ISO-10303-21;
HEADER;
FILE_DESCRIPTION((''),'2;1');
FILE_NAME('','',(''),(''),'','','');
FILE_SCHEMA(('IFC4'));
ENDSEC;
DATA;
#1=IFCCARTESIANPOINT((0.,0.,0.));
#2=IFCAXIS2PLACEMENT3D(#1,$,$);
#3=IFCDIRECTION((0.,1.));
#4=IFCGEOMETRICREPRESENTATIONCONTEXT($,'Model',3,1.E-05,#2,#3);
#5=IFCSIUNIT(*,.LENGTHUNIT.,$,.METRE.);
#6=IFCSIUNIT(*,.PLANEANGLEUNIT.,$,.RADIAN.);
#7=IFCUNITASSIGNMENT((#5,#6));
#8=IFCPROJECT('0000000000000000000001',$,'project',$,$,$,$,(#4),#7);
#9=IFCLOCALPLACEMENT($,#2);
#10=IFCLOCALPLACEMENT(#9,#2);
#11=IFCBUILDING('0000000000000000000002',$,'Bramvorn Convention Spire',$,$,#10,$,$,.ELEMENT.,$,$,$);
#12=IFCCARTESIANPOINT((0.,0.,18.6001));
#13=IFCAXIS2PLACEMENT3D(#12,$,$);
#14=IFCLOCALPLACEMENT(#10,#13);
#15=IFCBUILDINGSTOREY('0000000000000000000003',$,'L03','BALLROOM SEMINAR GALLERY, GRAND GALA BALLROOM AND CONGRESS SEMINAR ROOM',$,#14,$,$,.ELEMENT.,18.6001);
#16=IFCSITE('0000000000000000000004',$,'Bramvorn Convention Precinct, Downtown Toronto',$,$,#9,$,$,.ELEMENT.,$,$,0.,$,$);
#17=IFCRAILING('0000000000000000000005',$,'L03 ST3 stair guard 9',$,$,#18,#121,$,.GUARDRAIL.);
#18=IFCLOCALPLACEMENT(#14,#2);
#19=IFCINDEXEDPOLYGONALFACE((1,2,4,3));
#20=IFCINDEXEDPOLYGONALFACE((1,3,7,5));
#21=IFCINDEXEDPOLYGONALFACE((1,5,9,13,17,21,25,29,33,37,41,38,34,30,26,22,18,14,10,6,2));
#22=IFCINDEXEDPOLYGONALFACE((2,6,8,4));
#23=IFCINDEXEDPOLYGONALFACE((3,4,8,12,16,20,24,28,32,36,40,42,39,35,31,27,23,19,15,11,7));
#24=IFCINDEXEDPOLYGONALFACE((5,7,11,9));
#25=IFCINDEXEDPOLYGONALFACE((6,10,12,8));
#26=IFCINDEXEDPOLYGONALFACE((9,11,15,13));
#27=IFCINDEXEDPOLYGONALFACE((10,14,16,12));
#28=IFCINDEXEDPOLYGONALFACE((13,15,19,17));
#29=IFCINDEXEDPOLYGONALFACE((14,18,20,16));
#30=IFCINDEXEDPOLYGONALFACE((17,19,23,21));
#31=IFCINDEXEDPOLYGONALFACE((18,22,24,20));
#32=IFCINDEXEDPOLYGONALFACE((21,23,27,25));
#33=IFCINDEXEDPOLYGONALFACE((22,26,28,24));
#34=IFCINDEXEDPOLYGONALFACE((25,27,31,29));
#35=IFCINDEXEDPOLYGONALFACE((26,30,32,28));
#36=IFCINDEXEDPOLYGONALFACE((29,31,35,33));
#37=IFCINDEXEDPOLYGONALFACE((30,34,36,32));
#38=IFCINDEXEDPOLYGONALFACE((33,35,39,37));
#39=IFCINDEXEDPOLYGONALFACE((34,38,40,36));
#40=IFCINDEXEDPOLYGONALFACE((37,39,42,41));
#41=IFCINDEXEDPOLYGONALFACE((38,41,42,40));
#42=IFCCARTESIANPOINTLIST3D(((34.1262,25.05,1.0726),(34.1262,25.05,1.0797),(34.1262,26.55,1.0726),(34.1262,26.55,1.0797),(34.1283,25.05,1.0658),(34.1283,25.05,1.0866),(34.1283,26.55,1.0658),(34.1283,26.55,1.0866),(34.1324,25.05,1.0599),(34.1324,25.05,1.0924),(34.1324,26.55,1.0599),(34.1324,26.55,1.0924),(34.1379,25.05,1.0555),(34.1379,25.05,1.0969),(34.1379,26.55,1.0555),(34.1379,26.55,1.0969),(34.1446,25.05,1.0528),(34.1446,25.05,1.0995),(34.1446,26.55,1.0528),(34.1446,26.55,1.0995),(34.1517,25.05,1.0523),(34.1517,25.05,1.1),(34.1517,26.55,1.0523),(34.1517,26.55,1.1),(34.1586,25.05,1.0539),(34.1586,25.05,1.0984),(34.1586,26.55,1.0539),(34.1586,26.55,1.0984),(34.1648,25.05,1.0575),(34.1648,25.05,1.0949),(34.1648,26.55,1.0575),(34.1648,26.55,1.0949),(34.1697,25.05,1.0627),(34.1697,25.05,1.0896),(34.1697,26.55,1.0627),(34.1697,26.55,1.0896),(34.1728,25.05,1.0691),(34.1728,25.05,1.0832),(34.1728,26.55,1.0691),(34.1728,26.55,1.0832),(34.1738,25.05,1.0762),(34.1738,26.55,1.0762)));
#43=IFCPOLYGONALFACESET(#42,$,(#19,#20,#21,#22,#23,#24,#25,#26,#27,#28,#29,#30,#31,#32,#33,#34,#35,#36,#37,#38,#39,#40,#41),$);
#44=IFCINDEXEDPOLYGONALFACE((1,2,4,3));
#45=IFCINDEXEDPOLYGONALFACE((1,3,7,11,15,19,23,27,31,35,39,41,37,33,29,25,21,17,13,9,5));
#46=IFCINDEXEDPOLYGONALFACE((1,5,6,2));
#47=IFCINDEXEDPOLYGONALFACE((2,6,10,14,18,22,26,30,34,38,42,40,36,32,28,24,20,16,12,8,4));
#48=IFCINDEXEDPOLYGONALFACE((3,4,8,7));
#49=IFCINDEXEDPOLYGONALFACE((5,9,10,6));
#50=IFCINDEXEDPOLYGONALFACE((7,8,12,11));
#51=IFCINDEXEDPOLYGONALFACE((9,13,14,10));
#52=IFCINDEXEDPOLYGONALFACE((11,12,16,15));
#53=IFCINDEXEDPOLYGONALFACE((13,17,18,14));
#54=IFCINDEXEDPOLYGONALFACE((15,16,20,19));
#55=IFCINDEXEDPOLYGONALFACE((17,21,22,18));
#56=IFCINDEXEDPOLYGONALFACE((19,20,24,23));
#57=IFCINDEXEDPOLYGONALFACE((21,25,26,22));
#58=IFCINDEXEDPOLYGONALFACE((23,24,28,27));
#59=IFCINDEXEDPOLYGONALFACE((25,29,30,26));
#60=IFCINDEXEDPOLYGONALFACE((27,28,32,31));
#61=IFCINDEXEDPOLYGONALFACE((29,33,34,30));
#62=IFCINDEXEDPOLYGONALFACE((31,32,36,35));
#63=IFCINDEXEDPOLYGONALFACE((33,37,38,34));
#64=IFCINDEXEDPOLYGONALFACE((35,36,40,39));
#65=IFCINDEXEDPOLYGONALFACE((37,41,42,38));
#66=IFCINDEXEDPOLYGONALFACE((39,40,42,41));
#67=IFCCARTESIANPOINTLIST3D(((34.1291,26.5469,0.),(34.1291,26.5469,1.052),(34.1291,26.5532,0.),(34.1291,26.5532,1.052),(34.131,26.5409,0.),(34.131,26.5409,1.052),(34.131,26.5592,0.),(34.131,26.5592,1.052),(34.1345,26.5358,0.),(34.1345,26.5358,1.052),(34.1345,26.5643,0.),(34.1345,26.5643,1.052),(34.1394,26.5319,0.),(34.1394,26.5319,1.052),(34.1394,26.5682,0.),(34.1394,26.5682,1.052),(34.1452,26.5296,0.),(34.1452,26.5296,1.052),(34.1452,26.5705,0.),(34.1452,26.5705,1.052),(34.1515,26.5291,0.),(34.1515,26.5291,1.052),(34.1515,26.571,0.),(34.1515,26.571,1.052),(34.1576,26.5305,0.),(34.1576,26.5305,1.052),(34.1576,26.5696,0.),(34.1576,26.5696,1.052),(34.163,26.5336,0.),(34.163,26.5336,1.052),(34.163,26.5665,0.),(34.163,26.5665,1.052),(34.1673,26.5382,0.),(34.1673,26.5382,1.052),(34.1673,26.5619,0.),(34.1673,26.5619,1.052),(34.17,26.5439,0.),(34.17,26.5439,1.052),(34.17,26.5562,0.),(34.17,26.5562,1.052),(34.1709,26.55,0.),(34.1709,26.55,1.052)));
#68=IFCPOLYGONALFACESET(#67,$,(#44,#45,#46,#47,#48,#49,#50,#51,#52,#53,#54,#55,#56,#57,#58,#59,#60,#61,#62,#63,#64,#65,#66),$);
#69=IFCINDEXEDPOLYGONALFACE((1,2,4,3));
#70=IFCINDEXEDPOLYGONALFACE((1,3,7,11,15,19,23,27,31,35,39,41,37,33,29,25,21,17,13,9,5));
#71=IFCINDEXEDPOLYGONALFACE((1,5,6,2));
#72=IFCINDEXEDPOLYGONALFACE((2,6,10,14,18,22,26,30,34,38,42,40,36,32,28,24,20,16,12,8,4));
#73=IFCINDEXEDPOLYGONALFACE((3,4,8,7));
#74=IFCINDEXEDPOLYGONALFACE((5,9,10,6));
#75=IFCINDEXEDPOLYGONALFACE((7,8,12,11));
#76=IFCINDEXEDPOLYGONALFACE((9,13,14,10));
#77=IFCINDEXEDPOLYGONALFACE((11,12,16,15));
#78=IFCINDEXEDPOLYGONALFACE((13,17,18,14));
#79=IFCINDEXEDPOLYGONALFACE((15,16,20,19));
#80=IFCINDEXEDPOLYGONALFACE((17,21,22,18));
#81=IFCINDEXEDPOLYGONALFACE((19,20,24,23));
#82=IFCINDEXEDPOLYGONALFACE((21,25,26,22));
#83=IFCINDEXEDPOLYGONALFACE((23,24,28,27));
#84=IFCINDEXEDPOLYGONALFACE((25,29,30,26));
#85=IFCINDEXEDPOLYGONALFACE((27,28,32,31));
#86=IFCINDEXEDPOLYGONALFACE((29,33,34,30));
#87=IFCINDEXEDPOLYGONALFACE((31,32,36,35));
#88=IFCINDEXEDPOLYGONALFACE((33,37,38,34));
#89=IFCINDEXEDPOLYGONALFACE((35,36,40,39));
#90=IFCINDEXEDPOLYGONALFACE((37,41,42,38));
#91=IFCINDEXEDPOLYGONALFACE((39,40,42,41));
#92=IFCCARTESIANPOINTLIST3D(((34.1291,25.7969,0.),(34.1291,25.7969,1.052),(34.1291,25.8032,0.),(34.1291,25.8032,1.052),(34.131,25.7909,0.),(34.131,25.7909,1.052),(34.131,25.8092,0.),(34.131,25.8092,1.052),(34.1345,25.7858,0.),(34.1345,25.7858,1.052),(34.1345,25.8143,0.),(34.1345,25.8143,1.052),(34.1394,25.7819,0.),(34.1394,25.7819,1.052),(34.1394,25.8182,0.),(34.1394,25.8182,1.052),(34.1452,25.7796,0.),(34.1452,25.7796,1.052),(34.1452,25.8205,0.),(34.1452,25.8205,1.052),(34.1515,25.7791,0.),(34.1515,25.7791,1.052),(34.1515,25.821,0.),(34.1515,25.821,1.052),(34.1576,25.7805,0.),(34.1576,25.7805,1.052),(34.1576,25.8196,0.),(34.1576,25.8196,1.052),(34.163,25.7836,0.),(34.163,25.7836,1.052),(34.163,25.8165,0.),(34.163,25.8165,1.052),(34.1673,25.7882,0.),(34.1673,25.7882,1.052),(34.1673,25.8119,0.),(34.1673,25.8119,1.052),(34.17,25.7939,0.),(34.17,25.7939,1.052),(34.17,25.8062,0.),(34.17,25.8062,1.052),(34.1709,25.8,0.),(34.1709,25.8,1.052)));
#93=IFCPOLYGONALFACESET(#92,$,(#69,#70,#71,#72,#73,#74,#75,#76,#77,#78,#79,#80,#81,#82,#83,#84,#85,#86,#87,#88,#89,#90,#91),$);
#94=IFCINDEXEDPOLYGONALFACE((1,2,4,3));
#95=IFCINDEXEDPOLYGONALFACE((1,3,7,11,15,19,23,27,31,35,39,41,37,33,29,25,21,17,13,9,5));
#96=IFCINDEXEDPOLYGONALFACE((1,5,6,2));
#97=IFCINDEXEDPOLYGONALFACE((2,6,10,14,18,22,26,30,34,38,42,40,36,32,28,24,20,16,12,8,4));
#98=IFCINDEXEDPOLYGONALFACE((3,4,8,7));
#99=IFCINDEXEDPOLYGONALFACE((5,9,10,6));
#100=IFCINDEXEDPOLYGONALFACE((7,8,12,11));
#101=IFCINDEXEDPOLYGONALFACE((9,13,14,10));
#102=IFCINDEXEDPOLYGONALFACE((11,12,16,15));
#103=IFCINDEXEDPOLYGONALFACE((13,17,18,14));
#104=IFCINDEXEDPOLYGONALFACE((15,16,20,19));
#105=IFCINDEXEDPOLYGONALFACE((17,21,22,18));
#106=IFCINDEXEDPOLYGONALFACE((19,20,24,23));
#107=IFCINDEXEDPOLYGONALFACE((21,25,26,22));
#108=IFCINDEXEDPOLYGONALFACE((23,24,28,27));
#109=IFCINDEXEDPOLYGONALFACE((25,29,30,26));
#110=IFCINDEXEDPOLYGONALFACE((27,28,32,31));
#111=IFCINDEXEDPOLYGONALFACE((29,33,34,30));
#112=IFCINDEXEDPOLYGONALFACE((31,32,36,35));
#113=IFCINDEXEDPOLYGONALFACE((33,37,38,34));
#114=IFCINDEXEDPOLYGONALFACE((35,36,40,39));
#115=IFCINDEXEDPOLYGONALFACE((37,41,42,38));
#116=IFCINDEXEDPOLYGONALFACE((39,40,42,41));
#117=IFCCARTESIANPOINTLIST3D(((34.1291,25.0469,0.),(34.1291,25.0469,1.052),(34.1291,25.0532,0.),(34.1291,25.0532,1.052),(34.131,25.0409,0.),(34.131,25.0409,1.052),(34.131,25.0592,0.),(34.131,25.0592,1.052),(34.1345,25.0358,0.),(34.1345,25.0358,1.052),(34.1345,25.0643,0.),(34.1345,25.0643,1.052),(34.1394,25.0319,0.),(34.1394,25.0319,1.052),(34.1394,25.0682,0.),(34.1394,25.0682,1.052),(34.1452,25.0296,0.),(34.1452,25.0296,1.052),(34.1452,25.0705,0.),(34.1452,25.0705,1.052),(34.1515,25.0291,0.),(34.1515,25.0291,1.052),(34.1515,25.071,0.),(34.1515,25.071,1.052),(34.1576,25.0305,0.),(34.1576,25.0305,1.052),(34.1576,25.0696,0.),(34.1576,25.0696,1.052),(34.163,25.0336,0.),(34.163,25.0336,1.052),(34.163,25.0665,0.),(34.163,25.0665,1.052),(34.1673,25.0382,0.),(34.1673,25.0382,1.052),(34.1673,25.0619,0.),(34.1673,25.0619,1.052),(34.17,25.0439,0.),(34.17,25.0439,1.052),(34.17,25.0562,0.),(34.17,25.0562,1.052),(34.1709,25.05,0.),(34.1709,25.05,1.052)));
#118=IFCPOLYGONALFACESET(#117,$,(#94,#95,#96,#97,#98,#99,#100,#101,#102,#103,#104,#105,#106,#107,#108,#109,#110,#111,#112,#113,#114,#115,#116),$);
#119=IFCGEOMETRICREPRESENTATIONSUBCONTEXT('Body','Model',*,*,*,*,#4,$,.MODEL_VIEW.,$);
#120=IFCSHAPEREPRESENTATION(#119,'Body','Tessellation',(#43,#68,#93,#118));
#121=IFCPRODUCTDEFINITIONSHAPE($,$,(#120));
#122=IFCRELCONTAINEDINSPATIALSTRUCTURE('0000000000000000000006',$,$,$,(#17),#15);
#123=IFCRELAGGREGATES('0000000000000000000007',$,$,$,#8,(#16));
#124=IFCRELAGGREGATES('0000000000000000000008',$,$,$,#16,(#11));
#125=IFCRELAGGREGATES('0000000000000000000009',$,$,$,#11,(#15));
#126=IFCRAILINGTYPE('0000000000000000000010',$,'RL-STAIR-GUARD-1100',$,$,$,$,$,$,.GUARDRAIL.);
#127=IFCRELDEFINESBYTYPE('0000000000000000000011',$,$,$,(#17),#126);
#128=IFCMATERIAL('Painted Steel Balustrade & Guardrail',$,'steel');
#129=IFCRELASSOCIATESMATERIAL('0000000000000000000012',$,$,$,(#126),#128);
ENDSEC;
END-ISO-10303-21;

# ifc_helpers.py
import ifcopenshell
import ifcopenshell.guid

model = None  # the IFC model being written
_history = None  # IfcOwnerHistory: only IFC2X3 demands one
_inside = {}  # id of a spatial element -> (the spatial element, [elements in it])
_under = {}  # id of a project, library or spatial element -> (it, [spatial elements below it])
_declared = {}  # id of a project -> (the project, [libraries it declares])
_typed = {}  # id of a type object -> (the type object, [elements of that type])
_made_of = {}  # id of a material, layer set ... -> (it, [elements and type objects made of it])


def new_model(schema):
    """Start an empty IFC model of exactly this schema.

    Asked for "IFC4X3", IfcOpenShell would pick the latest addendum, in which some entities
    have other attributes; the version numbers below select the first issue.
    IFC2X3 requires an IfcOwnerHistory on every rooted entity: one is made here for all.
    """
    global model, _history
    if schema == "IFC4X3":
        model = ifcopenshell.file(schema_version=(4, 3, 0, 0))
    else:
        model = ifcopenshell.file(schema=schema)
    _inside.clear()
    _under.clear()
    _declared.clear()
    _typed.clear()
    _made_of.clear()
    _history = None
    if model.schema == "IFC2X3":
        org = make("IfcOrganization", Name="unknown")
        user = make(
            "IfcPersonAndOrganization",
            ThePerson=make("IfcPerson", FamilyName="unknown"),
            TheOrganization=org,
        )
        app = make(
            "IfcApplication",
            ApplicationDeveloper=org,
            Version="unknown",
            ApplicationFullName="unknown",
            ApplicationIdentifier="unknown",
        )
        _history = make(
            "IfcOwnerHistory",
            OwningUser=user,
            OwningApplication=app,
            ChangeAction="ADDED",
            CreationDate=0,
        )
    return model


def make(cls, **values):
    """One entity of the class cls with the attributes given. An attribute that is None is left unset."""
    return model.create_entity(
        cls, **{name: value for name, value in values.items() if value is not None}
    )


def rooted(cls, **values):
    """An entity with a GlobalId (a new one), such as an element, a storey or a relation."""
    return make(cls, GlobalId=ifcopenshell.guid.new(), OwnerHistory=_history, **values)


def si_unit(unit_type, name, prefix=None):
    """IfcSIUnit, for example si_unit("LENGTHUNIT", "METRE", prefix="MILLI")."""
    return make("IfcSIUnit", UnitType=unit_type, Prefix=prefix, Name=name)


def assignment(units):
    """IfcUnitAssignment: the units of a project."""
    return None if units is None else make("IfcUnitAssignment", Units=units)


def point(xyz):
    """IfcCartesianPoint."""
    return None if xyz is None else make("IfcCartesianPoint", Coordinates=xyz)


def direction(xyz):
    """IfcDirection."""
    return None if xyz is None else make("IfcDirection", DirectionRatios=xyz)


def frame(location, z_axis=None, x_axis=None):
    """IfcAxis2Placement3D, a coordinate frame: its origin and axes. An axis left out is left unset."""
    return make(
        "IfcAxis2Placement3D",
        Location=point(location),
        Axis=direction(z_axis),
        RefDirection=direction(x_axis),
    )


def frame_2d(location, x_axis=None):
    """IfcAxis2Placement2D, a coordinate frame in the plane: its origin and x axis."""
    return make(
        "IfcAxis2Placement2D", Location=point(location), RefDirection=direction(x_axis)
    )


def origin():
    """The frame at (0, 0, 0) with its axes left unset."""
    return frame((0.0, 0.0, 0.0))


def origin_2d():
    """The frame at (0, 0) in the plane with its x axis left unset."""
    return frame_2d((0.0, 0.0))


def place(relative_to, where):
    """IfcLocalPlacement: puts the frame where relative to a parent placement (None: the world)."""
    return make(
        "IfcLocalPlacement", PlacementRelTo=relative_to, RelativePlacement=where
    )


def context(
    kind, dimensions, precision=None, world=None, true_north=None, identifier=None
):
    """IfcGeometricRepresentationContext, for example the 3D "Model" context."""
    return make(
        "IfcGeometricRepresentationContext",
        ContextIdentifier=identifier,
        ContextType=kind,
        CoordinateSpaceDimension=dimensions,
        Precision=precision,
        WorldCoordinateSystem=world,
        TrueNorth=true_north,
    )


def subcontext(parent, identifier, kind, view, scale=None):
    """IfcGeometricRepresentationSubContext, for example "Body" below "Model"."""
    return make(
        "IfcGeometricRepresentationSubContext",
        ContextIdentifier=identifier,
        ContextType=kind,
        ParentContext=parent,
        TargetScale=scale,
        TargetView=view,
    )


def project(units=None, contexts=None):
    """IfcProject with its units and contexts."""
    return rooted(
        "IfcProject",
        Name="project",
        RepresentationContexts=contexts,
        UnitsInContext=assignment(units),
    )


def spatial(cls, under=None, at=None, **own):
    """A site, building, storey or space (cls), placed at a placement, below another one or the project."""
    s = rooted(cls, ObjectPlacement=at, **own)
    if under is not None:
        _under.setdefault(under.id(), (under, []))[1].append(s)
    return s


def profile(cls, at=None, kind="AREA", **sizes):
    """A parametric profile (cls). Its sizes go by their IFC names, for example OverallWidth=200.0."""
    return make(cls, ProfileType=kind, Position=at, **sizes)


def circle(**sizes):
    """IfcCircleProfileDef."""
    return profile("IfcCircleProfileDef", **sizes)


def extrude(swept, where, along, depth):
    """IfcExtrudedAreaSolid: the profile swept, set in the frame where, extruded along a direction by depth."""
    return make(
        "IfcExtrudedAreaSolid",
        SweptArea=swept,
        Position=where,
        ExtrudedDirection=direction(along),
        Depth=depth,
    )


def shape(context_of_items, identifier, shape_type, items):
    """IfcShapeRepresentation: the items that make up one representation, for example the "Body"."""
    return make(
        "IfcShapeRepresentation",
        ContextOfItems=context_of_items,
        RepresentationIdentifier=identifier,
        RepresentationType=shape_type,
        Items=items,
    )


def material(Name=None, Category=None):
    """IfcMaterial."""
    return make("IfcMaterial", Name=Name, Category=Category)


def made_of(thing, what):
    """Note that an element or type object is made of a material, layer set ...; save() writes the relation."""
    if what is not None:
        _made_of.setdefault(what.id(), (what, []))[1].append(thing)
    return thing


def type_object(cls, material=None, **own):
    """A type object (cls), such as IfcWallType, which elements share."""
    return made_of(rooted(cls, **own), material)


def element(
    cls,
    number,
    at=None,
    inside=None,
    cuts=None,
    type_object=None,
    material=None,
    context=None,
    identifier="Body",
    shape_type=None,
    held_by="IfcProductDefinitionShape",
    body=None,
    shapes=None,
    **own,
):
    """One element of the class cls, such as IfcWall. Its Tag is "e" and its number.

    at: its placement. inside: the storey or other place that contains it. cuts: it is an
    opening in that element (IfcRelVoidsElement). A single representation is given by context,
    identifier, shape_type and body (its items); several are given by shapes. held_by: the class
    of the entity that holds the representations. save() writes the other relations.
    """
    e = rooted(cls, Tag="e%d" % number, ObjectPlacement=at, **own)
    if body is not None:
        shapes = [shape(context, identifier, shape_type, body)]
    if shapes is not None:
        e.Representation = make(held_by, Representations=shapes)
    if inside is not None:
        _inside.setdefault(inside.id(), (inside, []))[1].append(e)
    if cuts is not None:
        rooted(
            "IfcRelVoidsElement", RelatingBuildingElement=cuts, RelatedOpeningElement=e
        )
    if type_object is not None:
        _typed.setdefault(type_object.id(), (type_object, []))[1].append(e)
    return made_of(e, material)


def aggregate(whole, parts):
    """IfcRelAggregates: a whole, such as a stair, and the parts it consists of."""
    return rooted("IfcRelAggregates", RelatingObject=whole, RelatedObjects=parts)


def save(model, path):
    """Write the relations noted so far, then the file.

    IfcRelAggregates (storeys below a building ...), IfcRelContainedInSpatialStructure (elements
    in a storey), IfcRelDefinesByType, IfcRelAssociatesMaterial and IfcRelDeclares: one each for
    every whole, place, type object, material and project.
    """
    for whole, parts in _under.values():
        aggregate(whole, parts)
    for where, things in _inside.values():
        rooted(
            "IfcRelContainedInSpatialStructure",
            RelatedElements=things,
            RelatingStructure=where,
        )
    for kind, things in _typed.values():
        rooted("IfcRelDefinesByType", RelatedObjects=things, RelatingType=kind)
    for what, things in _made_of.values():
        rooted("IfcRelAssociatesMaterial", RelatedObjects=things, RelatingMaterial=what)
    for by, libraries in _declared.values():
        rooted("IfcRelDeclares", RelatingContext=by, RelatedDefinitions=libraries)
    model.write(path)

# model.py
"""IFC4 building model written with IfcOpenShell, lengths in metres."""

from ifc_helpers import new_model, si_unit, direction, frame, origin, origin_2d, place, context, subcontext, project, spatial, circle, extrude, material, type_object, element, save


model = new_model("IFC4")

# Units and contexts
model_context = context("Model", 3, precision=1e-05, world=origin(), true_north=direction((0.0, 1.0)))
body_context = subcontext(model_context, "Body", "Model", "MODEL_VIEW")
ifc_project = project(units=[si_unit("LENGTHUNIT", "METRE"), si_unit("PLANEANGLEUNIT", "RADIAN")], contexts=[model_context])

# Site, building, storey
site_placement = place(None, origin())
site = spatial("IfcSite", under=ifc_project, at=site_placement, Name="Bramvorn Convention Precinct, Downtown Toronto", CompositionType="ELEMENT", RefElevation=0.0)
building_placement = place(site_placement, origin())
building = spatial("IfcBuilding", under=site, at=building_placement, Name="Bramvorn Convention Spire", CompositionType="ELEMENT")
storey_placement = place(building_placement, frame((0.0, 0.0, 18.6001)))
storey = spatial("IfcBuildingStorey", under=building, at=storey_placement, Name="L03", Description="BALLROOM SEMINAR GALLERY, GRAND GALA BALLROOM AND CONGRESS SEMINAR ROOM", CompositionType="ELEMENT", Elevation=18.6001)

# Railing
ifc_material_1 = material(Name="Painted Steel Balustrade & Guardrail", Category="steel")
railing_type_1 = type_object("IfcRailingType", Name="RL-STAIR-GUARD-1100", PredefinedType="GUARDRAIL", material=ifc_material_1)
railing_1_placement = place(storey_placement, frame((34.1499, 26.55, 0.0)))
element("IfcRailing", 1, at=railing_1_placement, inside=storey, type_object=railing_type_1, Name="L03 ST3 stair guard 9", PredefinedType="GUARDRAIL", context=body_context, shape_type="SweptSolid", body=[
    extrude(circle(Radius=0.0239, at=origin_2d()), frame((0.0, 0.0, 1.0762), z_axis=(0.0, -1.0, 0.0), x_axis=(1.0, 0.0, 0.0)), (0.0, 0.0, 1.0), 1.5),
    extrude(circle(Radius=0.021, at=origin_2d()), origin(), (0.0, 0.0, 1.0), 1.052),
    extrude(circle(Radius=0.021, at=origin_2d()), frame((0.0, -0.75, 0.0)), (0.0, 0.0, 1.0), 1.052),
    extrude(circle(Radius=0.021, at=origin_2d()), frame((0.0, -1.5, 0.0)), (0.0, 0.0, 1.0), 1.052),
])

save(model, "model.ifc")
